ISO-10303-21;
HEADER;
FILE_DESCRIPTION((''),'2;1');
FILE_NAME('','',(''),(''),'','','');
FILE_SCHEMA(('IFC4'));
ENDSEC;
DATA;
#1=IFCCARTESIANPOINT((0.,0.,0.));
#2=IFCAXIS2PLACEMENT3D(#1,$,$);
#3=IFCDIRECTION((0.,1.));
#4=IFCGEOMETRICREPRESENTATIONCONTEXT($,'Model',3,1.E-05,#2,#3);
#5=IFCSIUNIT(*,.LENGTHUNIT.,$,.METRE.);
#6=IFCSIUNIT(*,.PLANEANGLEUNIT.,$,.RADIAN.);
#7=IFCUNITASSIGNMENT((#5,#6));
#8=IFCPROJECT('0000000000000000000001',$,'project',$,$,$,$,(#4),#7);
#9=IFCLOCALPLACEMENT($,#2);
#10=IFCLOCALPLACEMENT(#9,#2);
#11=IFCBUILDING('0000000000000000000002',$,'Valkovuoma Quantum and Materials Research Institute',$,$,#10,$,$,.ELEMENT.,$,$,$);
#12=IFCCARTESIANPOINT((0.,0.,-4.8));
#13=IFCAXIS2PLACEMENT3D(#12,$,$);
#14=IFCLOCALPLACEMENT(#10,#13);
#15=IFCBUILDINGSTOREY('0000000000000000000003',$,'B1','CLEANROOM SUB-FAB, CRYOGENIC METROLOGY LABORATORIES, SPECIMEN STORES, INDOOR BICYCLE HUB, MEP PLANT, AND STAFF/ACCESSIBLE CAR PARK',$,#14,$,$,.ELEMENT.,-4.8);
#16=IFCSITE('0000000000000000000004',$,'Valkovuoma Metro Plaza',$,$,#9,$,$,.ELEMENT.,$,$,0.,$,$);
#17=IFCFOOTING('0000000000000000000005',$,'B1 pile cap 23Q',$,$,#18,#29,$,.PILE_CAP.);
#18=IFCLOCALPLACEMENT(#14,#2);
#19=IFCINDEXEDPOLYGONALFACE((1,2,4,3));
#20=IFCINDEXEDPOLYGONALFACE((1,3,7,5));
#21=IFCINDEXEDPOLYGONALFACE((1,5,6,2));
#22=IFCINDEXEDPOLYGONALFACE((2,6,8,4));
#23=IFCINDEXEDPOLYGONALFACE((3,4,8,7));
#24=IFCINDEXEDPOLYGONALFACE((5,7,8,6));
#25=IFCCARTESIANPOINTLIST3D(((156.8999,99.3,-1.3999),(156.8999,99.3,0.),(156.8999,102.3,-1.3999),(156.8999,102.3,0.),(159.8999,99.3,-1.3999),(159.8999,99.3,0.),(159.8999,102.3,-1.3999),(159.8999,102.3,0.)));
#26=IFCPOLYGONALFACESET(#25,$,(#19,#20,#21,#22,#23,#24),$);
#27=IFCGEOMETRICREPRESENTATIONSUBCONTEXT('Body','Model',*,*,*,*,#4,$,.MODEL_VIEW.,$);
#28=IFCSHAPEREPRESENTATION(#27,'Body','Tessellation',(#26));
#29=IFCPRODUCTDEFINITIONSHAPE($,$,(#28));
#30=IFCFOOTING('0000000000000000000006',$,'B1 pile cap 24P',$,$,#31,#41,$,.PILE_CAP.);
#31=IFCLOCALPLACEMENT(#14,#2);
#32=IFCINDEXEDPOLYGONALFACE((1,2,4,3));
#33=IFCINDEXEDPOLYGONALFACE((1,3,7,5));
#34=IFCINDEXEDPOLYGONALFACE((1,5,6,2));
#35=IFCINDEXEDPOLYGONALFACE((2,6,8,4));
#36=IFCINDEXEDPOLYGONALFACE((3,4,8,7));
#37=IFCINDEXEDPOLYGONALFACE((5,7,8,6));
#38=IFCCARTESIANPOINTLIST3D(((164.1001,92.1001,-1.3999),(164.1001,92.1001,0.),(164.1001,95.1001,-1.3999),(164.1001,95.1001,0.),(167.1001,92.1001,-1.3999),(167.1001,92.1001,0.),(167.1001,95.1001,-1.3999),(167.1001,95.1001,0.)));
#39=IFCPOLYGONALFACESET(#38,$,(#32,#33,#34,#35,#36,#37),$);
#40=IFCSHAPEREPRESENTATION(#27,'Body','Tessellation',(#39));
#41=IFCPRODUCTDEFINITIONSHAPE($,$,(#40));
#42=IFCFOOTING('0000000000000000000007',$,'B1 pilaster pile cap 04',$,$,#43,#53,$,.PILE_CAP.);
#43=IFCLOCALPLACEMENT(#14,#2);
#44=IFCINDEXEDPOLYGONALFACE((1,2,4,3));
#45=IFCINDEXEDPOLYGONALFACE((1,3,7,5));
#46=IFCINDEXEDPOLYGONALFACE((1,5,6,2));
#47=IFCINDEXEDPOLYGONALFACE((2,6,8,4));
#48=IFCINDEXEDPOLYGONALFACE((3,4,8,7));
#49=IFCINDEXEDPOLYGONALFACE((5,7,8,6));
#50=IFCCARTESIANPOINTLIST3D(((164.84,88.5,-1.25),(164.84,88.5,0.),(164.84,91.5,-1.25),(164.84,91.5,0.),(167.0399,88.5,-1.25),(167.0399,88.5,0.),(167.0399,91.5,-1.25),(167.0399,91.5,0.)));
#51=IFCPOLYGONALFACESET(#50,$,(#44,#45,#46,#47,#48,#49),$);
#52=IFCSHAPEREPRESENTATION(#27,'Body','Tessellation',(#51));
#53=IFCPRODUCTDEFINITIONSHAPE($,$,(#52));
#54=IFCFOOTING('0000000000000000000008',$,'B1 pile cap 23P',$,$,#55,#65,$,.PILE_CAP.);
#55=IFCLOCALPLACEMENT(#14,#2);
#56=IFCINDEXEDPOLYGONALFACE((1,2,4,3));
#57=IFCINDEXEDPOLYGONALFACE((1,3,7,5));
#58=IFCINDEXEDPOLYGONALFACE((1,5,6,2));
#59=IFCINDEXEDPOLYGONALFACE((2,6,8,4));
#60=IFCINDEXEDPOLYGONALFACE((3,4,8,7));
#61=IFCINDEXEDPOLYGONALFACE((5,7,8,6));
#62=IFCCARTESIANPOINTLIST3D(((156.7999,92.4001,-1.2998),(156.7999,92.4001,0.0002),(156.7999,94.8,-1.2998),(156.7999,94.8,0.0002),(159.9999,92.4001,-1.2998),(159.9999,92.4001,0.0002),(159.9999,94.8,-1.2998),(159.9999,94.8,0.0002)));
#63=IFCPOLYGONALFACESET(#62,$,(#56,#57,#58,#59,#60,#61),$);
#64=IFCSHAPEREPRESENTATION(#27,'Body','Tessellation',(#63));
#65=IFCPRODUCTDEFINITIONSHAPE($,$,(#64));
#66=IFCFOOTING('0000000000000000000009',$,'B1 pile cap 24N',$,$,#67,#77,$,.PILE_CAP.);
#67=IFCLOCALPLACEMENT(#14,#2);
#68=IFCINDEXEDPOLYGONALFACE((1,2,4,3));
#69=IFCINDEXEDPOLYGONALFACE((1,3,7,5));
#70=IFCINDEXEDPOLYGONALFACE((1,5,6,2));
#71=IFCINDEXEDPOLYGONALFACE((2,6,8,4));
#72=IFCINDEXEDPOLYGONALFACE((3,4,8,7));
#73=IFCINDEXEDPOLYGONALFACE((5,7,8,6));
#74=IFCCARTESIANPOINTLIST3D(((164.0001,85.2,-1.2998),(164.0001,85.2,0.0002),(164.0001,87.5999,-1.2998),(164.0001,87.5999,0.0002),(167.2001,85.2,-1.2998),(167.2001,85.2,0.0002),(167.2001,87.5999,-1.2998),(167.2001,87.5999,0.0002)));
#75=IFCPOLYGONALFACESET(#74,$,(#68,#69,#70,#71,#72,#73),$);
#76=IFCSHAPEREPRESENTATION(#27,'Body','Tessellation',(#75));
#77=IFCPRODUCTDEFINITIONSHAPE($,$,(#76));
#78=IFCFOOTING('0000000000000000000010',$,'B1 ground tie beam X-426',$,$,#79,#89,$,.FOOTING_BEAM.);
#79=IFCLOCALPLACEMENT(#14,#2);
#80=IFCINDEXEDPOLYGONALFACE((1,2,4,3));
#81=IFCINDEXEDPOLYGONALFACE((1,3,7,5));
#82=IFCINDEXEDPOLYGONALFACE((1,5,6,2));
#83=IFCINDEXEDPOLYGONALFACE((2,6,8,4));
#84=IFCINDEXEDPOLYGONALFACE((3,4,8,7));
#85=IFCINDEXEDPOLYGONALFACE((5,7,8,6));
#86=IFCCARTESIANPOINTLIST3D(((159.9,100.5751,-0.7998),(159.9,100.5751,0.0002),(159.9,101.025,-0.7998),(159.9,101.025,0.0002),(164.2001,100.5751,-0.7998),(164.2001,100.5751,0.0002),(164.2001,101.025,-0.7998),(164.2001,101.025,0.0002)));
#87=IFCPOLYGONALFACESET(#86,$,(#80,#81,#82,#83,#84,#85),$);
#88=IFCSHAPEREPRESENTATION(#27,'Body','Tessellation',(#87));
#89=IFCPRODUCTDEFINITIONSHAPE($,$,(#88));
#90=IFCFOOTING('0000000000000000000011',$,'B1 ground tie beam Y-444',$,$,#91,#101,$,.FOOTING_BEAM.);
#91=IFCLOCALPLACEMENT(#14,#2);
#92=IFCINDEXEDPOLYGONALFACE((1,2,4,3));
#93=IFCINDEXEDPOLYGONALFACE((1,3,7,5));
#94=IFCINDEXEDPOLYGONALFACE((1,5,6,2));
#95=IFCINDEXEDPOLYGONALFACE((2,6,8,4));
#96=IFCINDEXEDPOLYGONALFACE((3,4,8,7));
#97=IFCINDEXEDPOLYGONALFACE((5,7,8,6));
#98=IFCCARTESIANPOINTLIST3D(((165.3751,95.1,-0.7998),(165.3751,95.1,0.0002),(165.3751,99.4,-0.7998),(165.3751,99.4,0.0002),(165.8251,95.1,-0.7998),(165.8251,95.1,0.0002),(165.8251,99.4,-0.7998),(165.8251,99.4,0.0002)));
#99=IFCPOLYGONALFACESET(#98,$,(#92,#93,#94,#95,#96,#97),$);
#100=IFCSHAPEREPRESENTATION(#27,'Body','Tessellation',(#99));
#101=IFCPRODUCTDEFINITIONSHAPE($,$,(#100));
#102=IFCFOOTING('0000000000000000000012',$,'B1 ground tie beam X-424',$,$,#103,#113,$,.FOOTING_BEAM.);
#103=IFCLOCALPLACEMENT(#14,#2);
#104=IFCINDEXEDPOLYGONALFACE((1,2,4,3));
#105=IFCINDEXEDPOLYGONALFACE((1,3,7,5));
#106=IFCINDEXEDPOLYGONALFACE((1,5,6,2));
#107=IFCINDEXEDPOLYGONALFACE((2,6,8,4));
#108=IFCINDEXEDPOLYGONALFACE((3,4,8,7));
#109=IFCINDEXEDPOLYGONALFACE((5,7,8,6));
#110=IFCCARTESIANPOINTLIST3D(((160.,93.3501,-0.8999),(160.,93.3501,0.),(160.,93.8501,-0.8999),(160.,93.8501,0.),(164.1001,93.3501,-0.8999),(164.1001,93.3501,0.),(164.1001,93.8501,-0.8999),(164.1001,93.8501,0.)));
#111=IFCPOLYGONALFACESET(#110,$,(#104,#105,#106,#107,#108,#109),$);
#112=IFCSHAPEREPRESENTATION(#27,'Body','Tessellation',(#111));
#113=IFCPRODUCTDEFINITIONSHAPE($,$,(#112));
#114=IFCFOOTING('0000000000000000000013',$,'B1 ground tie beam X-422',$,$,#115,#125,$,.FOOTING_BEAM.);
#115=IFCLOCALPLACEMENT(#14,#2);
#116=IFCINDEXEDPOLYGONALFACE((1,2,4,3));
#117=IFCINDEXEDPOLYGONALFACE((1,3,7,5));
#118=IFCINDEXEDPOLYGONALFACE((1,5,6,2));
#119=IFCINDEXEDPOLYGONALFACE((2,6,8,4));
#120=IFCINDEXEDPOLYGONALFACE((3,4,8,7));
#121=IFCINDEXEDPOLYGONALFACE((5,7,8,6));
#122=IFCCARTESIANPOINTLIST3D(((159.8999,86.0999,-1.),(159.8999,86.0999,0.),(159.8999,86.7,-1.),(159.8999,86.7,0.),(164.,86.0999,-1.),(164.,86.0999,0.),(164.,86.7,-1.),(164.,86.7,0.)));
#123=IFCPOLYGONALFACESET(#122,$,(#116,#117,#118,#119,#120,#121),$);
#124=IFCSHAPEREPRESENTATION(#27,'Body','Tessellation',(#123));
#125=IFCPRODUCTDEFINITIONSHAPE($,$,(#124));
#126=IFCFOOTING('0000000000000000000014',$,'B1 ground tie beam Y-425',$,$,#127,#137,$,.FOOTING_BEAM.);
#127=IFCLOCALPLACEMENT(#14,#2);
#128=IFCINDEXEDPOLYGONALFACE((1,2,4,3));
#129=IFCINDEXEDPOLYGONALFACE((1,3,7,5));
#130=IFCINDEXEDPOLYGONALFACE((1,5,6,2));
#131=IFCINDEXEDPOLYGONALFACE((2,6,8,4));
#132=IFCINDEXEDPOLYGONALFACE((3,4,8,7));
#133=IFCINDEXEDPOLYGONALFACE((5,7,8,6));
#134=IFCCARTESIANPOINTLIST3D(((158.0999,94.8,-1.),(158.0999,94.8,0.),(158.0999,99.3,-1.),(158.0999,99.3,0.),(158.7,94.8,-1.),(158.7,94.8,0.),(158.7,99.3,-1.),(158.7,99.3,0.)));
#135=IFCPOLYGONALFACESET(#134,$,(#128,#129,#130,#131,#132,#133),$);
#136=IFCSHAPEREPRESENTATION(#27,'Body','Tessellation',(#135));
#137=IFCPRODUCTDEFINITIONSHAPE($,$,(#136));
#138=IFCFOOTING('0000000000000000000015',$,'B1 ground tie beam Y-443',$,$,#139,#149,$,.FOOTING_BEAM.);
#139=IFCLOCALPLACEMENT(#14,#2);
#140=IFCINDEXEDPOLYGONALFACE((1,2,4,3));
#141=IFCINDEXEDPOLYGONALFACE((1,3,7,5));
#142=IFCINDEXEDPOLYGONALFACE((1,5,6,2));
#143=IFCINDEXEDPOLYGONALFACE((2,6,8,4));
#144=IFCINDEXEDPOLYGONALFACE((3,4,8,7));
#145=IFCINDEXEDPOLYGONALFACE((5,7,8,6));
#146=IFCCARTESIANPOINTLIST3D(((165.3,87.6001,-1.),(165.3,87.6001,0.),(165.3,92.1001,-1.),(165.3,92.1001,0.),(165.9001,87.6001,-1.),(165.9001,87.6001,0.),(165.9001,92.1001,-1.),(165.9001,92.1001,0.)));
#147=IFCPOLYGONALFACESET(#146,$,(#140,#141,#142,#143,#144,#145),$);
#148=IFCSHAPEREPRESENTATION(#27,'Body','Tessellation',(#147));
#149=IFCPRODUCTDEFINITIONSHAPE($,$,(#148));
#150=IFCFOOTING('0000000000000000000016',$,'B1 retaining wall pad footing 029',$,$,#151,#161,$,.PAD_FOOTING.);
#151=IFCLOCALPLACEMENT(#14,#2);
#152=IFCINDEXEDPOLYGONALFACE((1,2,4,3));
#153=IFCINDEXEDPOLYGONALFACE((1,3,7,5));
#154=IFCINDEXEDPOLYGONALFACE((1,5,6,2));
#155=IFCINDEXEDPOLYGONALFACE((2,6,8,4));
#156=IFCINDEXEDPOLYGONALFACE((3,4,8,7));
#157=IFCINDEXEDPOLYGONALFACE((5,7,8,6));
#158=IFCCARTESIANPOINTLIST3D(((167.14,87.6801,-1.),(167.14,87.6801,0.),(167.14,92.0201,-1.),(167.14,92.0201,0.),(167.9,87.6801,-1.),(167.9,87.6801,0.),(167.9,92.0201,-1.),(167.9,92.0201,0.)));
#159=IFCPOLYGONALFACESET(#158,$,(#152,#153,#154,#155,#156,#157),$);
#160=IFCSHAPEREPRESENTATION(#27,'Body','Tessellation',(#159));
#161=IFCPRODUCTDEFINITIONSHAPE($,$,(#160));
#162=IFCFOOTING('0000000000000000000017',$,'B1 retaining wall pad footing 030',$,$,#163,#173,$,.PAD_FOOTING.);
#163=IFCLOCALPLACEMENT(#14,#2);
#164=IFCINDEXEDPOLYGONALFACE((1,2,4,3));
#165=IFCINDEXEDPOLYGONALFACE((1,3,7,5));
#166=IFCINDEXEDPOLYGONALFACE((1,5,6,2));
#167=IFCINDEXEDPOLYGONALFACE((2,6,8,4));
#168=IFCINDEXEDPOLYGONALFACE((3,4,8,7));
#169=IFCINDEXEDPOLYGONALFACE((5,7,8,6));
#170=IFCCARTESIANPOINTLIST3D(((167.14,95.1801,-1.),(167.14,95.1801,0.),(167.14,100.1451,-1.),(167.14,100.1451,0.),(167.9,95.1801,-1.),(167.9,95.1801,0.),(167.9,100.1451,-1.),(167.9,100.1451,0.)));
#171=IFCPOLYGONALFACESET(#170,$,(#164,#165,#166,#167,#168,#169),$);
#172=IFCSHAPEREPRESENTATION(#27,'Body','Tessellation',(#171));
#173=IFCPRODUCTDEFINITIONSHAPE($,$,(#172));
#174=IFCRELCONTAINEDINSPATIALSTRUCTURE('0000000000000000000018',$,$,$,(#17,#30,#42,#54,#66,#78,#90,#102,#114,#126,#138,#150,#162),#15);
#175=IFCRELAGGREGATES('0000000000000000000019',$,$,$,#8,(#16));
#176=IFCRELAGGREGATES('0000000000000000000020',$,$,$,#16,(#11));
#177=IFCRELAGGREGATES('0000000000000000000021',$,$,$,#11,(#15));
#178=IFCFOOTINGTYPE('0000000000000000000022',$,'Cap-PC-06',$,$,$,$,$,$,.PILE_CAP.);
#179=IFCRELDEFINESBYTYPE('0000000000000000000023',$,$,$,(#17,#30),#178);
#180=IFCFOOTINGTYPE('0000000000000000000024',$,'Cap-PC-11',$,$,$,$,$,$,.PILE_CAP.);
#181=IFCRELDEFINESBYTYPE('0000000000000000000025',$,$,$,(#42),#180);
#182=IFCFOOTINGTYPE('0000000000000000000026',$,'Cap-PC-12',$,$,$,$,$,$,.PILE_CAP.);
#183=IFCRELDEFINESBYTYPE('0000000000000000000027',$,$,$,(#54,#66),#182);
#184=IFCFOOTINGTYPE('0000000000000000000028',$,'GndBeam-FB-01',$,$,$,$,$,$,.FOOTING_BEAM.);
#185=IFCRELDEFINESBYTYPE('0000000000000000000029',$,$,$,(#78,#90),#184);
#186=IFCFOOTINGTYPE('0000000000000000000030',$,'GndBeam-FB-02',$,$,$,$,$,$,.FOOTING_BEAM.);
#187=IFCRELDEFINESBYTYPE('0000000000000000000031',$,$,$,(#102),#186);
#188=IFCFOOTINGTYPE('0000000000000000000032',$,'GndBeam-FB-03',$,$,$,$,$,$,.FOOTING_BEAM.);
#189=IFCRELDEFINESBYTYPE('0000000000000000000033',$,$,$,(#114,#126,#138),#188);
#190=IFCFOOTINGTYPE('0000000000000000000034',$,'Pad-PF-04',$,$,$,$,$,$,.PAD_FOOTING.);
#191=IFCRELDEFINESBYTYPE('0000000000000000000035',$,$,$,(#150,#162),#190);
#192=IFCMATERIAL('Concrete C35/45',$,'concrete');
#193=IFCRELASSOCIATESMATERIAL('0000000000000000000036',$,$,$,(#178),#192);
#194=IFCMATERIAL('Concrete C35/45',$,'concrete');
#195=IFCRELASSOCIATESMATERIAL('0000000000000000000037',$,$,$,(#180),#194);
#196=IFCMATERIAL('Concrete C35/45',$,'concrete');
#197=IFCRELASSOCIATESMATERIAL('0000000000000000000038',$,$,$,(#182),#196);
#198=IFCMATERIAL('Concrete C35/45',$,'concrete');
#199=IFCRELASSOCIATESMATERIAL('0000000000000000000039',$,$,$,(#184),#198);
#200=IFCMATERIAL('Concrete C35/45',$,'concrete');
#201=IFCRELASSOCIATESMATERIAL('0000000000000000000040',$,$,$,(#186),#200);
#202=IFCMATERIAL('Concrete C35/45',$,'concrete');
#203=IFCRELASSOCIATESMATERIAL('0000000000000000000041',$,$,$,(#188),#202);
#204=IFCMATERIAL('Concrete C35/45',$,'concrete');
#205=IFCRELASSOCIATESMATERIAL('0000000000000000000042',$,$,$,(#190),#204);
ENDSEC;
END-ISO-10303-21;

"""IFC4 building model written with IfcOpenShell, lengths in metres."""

from ifc_helpers import new_model, si_unit, direction, frame, origin, origin_2d, place, context, subcontext, project, spatial, rectangle, extrude, material, type_object, element, save


model = new_model("IFC4")

# Units and contexts
model_context = context("Model", 3, precision=1e-05, world=origin(), true_north=direction((0.0, 1.0)))
body_context = subcontext(model_context, "Body", "Model", "MODEL_VIEW")
ifc_project = project(units=[si_unit("LENGTHUNIT", "METRE"), si_unit("PLANEANGLEUNIT", "RADIAN")], contexts=[model_context])

# Site, building, storey
site_placement = place(None, origin())
site = spatial("IfcSite", under=ifc_project, at=site_placement, Name="Valkovuoma Metro Plaza", CompositionType="ELEMENT", RefElevation=0.0)
building_placement = place(site_placement, origin())
building = spatial("IfcBuilding", under=site, at=building_placement, Name="Valkovuoma Quantum and Materials Research Institute", CompositionType="ELEMENT")
storey_placement = place(building_placement, frame((0.0, 0.0, -4.8)))
storey = spatial("IfcBuildingStorey", under=building, at=storey_placement, Name="B1", Description="CLEANROOM SUB-FAB, CRYOGENIC METROLOGY LABORATORIES, SPECIMEN STORES, INDOOR BICYCLE HUB, MEP PLANT, AND STAFF/ACCESSIBLE CAR PARK", CompositionType="ELEMENT", Elevation=-4.8)

# Footings
ifc_material_1 = material(Name="Concrete C35/45", Category="concrete")
footing_type_1 = type_object("IfcFootingType", Name="Cap-PC-06", PredefinedType="PILE_CAP", material=ifc_material_1)
for number, where, z_axis, x_axis, name in (
    (1, (158.3999, 100.8, -1.3999), (0.0, 0.0, 1.0), (1.0, 0.0, 0.0), "B1 pile cap 23Q"),
    (2, (165.6001, 93.6001, -1.3999), (0.0, 0.0, 1.0), (1.0, 0.0, 0.0), "B1 pile cap 24P"),
):
    element("IfcFooting", number, at=place(storey_placement, frame(where, z_axis=z_axis, x_axis=x_axis)), inside=storey, type_object=footing_type_1, Name=name, PredefinedType="PILE_CAP", context=body_context, shape_type="SweptSolid", body=[
        extrude(rectangle(XDim=3.0, YDim=3.0, at=origin_2d()), origin(), (0.0, 0.0, 1.0), 1.3999),
    ])
ifc_material_2 = material(Name="Concrete C35/45", Category="concrete")
footing_type_2 = type_object("IfcFootingType", Name="Cap-PC-11", PredefinedType="PILE_CAP", material=ifc_material_2)
footing_1_placement = place(storey_placement, frame((165.9399, 90.0, -1.25), z_axis=(0.0, 0.0, 1.0), x_axis=(1.0, 0.0, 0.0)))
element("IfcFooting", 3, at=footing_1_placement, inside=storey, type_object=footing_type_2, Name="B1 pilaster pile cap 04", PredefinedType="PILE_CAP", context=body_context, shape_type="SweptSolid", body=[
    extrude(rectangle(XDim=2.2, YDim=3.0, at=origin_2d()), origin(), (0.0, 0.0, 1.0), 1.25),
])
ifc_material_3 = material(Name="Concrete C35/45", Category="concrete")
footing_type_3 = type_object("IfcFootingType", Name="Cap-PC-12", PredefinedType="PILE_CAP", material=ifc_material_3)
for number, where, z_axis, x_axis, name in (
    (4, (158.3999, 93.6001, -1.2998), (0.0, 0.0, 1.0), (1.0, 0.0, 0.0), "B1 pile cap 23P"),
    (5, (165.6001, 86.3999, -1.2998), (0.0, 0.0, 1.0), (1.0, 0.0, 0.0), "B1 pile cap 24N"),
):
    element("IfcFooting", number, at=place(storey_placement, frame(where, z_axis=z_axis, x_axis=x_axis)), inside=storey, type_object=footing_type_3, Name=name, PredefinedType="PILE_CAP", context=body_context, shape_type="SweptSolid", body=[
        extrude(rectangle(XDim=3.2, YDim=2.3999, at=origin_2d()), origin(), (0.0, 0.0, 1.0), 1.3),
    ])
ifc_material_4 = material(Name="Concrete C35/45", Category="concrete")
footing_type_4 = type_object("IfcFootingType", Name="GndBeam-FB-01", PredefinedType="FOOTING_BEAM", material=ifc_material_4)
for number, where, z_axis, x_axis, name in (
    (6, (162.05, 100.8, -0.7998), (0.0, 0.0, 1.0), (1.0, 0.0, 0.0), "B1 ground tie beam X-426"),
    (7, (165.6001, 97.25, -0.7998), (0.0, 0.0, 1.0), (0.0, 1.0, 0.0), "B1 ground tie beam Y-444"),
):
    element("IfcFooting", number, at=place(storey_placement, frame(where, z_axis=z_axis, x_axis=x_axis)), inside=storey, type_object=footing_type_4, Name=name, PredefinedType="FOOTING_BEAM", context=body_context, shape_type="SweptSolid", body=[
        extrude(rectangle(XDim=4.3, YDim=0.45, at=origin_2d()), origin(), (0.0, 0.0, 1.0), 0.8),
    ])
ifc_material_5 = material(Name="Concrete C35/45", Category="concrete")
footing_type_5 = type_object("IfcFootingType", Name="GndBeam-FB-02", PredefinedType="FOOTING_BEAM", material=ifc_material_5)
footing_2_placement = place(storey_placement, frame((162.05, 93.6001, -0.8999), z_axis=(0.0, 0.0, 1.0), x_axis=(1.0, 0.0, 0.0)))
element("IfcFooting", 8, at=footing_2_placement, inside=storey, type_object=footing_type_5, Name="B1 ground tie beam X-424", PredefinedType="FOOTING_BEAM", context=body_context, shape_type="SweptSolid", body=[
    extrude(rectangle(XDim=4.1001, YDim=0.5, at=origin_2d()), origin(), (0.0, 0.0, 1.0), 0.8999),
])
ifc_material_6 = material(Name="Concrete C35/45", Category="concrete")
footing_type_6 = type_object("IfcFootingType", Name="GndBeam-FB-03", PredefinedType="FOOTING_BEAM", material=ifc_material_6)
footing_3_placement = place(storey_placement, frame((161.95, 86.3999, -1.0), z_axis=(0.0, 0.0, 1.0), x_axis=(1.0, 0.0, 0.0)))
element("IfcFooting", 9, at=footing_3_placement, inside=storey, type_object=footing_type_6, Name="B1 ground tie beam X-422", PredefinedType="FOOTING_BEAM", context=body_context, shape_type="SweptSolid", body=[
    extrude(rectangle(XDim=4.1001, YDim=0.6001, at=origin_2d()), origin(), (0.0, 0.0, 1.0), 1.0),
])
for number, where, z_axis, x_axis, name in (
    (10, (158.3999, 97.05, -1.0), (0.0, 0.0, 1.0), (0.0, 1.0, 0.0), "B1 ground tie beam Y-425"),
    (11, (165.6001, 89.8501, -1.0), (0.0, 0.0, 1.0), (0.0, 1.0, 0.0), "B1 ground tie beam Y-443"),
):
    element("IfcFooting", number, at=place(storey_placement, frame(where, z_axis=z_axis, x_axis=x_axis)), inside=storey, type_object=footing_type_6, Name=name, PredefinedType="FOOTING_BEAM", context=body_context, shape_type="SweptSolid", body=[
        extrude(rectangle(XDim=4.5, YDim=0.6001, at=origin_2d()), origin(), (0.0, 0.0, 1.0), 1.0),
    ])
ifc_material_7 = material(Name="Concrete C35/45", Category="concrete")
footing_type_7 = type_object("IfcFootingType", Name="Pad-PF-04", PredefinedType="PAD_FOOTING", material=ifc_material_7)
footing_4_placement = place(storey_placement, frame((167.52, 89.8501, -1.0), z_axis=(0.0, 0.0, 1.0), x_axis=(0.0, 1.0, 0.0)))
element("IfcFooting", 12, at=footing_4_placement, inside=storey, type_object=footing_type_7, Name="B1 retaining wall pad footing 029", PredefinedType="PAD_FOOTING", context=body_context, shape_type="SweptSolid", body=[
    extrude(rectangle(XDim=4.3401, YDim=0.76, at=origin_2d()), origin(), (0.0, 0.0, 1.0), 1.0),
])
footing_5_placement = place(storey_placement, frame((167.52, 97.6626, -1.0), z_axis=(0.0, 0.0, 1.0), x_axis=(0.0, 1.0, 0.0)))
element("IfcFooting", 13, at=footing_5_placement, inside=storey, type_object=footing_type_7, Name="B1 retaining wall pad footing 030", PredefinedType="PAD_FOOTING", context=body_context, shape_type="SweptSolid", body=[
    extrude(rectangle(XDim=4.9651, YDim=0.76, at=origin_2d()), origin(), (0.0, 0.0, 1.0), 1.0),
])

save(model, "model.ifc")
